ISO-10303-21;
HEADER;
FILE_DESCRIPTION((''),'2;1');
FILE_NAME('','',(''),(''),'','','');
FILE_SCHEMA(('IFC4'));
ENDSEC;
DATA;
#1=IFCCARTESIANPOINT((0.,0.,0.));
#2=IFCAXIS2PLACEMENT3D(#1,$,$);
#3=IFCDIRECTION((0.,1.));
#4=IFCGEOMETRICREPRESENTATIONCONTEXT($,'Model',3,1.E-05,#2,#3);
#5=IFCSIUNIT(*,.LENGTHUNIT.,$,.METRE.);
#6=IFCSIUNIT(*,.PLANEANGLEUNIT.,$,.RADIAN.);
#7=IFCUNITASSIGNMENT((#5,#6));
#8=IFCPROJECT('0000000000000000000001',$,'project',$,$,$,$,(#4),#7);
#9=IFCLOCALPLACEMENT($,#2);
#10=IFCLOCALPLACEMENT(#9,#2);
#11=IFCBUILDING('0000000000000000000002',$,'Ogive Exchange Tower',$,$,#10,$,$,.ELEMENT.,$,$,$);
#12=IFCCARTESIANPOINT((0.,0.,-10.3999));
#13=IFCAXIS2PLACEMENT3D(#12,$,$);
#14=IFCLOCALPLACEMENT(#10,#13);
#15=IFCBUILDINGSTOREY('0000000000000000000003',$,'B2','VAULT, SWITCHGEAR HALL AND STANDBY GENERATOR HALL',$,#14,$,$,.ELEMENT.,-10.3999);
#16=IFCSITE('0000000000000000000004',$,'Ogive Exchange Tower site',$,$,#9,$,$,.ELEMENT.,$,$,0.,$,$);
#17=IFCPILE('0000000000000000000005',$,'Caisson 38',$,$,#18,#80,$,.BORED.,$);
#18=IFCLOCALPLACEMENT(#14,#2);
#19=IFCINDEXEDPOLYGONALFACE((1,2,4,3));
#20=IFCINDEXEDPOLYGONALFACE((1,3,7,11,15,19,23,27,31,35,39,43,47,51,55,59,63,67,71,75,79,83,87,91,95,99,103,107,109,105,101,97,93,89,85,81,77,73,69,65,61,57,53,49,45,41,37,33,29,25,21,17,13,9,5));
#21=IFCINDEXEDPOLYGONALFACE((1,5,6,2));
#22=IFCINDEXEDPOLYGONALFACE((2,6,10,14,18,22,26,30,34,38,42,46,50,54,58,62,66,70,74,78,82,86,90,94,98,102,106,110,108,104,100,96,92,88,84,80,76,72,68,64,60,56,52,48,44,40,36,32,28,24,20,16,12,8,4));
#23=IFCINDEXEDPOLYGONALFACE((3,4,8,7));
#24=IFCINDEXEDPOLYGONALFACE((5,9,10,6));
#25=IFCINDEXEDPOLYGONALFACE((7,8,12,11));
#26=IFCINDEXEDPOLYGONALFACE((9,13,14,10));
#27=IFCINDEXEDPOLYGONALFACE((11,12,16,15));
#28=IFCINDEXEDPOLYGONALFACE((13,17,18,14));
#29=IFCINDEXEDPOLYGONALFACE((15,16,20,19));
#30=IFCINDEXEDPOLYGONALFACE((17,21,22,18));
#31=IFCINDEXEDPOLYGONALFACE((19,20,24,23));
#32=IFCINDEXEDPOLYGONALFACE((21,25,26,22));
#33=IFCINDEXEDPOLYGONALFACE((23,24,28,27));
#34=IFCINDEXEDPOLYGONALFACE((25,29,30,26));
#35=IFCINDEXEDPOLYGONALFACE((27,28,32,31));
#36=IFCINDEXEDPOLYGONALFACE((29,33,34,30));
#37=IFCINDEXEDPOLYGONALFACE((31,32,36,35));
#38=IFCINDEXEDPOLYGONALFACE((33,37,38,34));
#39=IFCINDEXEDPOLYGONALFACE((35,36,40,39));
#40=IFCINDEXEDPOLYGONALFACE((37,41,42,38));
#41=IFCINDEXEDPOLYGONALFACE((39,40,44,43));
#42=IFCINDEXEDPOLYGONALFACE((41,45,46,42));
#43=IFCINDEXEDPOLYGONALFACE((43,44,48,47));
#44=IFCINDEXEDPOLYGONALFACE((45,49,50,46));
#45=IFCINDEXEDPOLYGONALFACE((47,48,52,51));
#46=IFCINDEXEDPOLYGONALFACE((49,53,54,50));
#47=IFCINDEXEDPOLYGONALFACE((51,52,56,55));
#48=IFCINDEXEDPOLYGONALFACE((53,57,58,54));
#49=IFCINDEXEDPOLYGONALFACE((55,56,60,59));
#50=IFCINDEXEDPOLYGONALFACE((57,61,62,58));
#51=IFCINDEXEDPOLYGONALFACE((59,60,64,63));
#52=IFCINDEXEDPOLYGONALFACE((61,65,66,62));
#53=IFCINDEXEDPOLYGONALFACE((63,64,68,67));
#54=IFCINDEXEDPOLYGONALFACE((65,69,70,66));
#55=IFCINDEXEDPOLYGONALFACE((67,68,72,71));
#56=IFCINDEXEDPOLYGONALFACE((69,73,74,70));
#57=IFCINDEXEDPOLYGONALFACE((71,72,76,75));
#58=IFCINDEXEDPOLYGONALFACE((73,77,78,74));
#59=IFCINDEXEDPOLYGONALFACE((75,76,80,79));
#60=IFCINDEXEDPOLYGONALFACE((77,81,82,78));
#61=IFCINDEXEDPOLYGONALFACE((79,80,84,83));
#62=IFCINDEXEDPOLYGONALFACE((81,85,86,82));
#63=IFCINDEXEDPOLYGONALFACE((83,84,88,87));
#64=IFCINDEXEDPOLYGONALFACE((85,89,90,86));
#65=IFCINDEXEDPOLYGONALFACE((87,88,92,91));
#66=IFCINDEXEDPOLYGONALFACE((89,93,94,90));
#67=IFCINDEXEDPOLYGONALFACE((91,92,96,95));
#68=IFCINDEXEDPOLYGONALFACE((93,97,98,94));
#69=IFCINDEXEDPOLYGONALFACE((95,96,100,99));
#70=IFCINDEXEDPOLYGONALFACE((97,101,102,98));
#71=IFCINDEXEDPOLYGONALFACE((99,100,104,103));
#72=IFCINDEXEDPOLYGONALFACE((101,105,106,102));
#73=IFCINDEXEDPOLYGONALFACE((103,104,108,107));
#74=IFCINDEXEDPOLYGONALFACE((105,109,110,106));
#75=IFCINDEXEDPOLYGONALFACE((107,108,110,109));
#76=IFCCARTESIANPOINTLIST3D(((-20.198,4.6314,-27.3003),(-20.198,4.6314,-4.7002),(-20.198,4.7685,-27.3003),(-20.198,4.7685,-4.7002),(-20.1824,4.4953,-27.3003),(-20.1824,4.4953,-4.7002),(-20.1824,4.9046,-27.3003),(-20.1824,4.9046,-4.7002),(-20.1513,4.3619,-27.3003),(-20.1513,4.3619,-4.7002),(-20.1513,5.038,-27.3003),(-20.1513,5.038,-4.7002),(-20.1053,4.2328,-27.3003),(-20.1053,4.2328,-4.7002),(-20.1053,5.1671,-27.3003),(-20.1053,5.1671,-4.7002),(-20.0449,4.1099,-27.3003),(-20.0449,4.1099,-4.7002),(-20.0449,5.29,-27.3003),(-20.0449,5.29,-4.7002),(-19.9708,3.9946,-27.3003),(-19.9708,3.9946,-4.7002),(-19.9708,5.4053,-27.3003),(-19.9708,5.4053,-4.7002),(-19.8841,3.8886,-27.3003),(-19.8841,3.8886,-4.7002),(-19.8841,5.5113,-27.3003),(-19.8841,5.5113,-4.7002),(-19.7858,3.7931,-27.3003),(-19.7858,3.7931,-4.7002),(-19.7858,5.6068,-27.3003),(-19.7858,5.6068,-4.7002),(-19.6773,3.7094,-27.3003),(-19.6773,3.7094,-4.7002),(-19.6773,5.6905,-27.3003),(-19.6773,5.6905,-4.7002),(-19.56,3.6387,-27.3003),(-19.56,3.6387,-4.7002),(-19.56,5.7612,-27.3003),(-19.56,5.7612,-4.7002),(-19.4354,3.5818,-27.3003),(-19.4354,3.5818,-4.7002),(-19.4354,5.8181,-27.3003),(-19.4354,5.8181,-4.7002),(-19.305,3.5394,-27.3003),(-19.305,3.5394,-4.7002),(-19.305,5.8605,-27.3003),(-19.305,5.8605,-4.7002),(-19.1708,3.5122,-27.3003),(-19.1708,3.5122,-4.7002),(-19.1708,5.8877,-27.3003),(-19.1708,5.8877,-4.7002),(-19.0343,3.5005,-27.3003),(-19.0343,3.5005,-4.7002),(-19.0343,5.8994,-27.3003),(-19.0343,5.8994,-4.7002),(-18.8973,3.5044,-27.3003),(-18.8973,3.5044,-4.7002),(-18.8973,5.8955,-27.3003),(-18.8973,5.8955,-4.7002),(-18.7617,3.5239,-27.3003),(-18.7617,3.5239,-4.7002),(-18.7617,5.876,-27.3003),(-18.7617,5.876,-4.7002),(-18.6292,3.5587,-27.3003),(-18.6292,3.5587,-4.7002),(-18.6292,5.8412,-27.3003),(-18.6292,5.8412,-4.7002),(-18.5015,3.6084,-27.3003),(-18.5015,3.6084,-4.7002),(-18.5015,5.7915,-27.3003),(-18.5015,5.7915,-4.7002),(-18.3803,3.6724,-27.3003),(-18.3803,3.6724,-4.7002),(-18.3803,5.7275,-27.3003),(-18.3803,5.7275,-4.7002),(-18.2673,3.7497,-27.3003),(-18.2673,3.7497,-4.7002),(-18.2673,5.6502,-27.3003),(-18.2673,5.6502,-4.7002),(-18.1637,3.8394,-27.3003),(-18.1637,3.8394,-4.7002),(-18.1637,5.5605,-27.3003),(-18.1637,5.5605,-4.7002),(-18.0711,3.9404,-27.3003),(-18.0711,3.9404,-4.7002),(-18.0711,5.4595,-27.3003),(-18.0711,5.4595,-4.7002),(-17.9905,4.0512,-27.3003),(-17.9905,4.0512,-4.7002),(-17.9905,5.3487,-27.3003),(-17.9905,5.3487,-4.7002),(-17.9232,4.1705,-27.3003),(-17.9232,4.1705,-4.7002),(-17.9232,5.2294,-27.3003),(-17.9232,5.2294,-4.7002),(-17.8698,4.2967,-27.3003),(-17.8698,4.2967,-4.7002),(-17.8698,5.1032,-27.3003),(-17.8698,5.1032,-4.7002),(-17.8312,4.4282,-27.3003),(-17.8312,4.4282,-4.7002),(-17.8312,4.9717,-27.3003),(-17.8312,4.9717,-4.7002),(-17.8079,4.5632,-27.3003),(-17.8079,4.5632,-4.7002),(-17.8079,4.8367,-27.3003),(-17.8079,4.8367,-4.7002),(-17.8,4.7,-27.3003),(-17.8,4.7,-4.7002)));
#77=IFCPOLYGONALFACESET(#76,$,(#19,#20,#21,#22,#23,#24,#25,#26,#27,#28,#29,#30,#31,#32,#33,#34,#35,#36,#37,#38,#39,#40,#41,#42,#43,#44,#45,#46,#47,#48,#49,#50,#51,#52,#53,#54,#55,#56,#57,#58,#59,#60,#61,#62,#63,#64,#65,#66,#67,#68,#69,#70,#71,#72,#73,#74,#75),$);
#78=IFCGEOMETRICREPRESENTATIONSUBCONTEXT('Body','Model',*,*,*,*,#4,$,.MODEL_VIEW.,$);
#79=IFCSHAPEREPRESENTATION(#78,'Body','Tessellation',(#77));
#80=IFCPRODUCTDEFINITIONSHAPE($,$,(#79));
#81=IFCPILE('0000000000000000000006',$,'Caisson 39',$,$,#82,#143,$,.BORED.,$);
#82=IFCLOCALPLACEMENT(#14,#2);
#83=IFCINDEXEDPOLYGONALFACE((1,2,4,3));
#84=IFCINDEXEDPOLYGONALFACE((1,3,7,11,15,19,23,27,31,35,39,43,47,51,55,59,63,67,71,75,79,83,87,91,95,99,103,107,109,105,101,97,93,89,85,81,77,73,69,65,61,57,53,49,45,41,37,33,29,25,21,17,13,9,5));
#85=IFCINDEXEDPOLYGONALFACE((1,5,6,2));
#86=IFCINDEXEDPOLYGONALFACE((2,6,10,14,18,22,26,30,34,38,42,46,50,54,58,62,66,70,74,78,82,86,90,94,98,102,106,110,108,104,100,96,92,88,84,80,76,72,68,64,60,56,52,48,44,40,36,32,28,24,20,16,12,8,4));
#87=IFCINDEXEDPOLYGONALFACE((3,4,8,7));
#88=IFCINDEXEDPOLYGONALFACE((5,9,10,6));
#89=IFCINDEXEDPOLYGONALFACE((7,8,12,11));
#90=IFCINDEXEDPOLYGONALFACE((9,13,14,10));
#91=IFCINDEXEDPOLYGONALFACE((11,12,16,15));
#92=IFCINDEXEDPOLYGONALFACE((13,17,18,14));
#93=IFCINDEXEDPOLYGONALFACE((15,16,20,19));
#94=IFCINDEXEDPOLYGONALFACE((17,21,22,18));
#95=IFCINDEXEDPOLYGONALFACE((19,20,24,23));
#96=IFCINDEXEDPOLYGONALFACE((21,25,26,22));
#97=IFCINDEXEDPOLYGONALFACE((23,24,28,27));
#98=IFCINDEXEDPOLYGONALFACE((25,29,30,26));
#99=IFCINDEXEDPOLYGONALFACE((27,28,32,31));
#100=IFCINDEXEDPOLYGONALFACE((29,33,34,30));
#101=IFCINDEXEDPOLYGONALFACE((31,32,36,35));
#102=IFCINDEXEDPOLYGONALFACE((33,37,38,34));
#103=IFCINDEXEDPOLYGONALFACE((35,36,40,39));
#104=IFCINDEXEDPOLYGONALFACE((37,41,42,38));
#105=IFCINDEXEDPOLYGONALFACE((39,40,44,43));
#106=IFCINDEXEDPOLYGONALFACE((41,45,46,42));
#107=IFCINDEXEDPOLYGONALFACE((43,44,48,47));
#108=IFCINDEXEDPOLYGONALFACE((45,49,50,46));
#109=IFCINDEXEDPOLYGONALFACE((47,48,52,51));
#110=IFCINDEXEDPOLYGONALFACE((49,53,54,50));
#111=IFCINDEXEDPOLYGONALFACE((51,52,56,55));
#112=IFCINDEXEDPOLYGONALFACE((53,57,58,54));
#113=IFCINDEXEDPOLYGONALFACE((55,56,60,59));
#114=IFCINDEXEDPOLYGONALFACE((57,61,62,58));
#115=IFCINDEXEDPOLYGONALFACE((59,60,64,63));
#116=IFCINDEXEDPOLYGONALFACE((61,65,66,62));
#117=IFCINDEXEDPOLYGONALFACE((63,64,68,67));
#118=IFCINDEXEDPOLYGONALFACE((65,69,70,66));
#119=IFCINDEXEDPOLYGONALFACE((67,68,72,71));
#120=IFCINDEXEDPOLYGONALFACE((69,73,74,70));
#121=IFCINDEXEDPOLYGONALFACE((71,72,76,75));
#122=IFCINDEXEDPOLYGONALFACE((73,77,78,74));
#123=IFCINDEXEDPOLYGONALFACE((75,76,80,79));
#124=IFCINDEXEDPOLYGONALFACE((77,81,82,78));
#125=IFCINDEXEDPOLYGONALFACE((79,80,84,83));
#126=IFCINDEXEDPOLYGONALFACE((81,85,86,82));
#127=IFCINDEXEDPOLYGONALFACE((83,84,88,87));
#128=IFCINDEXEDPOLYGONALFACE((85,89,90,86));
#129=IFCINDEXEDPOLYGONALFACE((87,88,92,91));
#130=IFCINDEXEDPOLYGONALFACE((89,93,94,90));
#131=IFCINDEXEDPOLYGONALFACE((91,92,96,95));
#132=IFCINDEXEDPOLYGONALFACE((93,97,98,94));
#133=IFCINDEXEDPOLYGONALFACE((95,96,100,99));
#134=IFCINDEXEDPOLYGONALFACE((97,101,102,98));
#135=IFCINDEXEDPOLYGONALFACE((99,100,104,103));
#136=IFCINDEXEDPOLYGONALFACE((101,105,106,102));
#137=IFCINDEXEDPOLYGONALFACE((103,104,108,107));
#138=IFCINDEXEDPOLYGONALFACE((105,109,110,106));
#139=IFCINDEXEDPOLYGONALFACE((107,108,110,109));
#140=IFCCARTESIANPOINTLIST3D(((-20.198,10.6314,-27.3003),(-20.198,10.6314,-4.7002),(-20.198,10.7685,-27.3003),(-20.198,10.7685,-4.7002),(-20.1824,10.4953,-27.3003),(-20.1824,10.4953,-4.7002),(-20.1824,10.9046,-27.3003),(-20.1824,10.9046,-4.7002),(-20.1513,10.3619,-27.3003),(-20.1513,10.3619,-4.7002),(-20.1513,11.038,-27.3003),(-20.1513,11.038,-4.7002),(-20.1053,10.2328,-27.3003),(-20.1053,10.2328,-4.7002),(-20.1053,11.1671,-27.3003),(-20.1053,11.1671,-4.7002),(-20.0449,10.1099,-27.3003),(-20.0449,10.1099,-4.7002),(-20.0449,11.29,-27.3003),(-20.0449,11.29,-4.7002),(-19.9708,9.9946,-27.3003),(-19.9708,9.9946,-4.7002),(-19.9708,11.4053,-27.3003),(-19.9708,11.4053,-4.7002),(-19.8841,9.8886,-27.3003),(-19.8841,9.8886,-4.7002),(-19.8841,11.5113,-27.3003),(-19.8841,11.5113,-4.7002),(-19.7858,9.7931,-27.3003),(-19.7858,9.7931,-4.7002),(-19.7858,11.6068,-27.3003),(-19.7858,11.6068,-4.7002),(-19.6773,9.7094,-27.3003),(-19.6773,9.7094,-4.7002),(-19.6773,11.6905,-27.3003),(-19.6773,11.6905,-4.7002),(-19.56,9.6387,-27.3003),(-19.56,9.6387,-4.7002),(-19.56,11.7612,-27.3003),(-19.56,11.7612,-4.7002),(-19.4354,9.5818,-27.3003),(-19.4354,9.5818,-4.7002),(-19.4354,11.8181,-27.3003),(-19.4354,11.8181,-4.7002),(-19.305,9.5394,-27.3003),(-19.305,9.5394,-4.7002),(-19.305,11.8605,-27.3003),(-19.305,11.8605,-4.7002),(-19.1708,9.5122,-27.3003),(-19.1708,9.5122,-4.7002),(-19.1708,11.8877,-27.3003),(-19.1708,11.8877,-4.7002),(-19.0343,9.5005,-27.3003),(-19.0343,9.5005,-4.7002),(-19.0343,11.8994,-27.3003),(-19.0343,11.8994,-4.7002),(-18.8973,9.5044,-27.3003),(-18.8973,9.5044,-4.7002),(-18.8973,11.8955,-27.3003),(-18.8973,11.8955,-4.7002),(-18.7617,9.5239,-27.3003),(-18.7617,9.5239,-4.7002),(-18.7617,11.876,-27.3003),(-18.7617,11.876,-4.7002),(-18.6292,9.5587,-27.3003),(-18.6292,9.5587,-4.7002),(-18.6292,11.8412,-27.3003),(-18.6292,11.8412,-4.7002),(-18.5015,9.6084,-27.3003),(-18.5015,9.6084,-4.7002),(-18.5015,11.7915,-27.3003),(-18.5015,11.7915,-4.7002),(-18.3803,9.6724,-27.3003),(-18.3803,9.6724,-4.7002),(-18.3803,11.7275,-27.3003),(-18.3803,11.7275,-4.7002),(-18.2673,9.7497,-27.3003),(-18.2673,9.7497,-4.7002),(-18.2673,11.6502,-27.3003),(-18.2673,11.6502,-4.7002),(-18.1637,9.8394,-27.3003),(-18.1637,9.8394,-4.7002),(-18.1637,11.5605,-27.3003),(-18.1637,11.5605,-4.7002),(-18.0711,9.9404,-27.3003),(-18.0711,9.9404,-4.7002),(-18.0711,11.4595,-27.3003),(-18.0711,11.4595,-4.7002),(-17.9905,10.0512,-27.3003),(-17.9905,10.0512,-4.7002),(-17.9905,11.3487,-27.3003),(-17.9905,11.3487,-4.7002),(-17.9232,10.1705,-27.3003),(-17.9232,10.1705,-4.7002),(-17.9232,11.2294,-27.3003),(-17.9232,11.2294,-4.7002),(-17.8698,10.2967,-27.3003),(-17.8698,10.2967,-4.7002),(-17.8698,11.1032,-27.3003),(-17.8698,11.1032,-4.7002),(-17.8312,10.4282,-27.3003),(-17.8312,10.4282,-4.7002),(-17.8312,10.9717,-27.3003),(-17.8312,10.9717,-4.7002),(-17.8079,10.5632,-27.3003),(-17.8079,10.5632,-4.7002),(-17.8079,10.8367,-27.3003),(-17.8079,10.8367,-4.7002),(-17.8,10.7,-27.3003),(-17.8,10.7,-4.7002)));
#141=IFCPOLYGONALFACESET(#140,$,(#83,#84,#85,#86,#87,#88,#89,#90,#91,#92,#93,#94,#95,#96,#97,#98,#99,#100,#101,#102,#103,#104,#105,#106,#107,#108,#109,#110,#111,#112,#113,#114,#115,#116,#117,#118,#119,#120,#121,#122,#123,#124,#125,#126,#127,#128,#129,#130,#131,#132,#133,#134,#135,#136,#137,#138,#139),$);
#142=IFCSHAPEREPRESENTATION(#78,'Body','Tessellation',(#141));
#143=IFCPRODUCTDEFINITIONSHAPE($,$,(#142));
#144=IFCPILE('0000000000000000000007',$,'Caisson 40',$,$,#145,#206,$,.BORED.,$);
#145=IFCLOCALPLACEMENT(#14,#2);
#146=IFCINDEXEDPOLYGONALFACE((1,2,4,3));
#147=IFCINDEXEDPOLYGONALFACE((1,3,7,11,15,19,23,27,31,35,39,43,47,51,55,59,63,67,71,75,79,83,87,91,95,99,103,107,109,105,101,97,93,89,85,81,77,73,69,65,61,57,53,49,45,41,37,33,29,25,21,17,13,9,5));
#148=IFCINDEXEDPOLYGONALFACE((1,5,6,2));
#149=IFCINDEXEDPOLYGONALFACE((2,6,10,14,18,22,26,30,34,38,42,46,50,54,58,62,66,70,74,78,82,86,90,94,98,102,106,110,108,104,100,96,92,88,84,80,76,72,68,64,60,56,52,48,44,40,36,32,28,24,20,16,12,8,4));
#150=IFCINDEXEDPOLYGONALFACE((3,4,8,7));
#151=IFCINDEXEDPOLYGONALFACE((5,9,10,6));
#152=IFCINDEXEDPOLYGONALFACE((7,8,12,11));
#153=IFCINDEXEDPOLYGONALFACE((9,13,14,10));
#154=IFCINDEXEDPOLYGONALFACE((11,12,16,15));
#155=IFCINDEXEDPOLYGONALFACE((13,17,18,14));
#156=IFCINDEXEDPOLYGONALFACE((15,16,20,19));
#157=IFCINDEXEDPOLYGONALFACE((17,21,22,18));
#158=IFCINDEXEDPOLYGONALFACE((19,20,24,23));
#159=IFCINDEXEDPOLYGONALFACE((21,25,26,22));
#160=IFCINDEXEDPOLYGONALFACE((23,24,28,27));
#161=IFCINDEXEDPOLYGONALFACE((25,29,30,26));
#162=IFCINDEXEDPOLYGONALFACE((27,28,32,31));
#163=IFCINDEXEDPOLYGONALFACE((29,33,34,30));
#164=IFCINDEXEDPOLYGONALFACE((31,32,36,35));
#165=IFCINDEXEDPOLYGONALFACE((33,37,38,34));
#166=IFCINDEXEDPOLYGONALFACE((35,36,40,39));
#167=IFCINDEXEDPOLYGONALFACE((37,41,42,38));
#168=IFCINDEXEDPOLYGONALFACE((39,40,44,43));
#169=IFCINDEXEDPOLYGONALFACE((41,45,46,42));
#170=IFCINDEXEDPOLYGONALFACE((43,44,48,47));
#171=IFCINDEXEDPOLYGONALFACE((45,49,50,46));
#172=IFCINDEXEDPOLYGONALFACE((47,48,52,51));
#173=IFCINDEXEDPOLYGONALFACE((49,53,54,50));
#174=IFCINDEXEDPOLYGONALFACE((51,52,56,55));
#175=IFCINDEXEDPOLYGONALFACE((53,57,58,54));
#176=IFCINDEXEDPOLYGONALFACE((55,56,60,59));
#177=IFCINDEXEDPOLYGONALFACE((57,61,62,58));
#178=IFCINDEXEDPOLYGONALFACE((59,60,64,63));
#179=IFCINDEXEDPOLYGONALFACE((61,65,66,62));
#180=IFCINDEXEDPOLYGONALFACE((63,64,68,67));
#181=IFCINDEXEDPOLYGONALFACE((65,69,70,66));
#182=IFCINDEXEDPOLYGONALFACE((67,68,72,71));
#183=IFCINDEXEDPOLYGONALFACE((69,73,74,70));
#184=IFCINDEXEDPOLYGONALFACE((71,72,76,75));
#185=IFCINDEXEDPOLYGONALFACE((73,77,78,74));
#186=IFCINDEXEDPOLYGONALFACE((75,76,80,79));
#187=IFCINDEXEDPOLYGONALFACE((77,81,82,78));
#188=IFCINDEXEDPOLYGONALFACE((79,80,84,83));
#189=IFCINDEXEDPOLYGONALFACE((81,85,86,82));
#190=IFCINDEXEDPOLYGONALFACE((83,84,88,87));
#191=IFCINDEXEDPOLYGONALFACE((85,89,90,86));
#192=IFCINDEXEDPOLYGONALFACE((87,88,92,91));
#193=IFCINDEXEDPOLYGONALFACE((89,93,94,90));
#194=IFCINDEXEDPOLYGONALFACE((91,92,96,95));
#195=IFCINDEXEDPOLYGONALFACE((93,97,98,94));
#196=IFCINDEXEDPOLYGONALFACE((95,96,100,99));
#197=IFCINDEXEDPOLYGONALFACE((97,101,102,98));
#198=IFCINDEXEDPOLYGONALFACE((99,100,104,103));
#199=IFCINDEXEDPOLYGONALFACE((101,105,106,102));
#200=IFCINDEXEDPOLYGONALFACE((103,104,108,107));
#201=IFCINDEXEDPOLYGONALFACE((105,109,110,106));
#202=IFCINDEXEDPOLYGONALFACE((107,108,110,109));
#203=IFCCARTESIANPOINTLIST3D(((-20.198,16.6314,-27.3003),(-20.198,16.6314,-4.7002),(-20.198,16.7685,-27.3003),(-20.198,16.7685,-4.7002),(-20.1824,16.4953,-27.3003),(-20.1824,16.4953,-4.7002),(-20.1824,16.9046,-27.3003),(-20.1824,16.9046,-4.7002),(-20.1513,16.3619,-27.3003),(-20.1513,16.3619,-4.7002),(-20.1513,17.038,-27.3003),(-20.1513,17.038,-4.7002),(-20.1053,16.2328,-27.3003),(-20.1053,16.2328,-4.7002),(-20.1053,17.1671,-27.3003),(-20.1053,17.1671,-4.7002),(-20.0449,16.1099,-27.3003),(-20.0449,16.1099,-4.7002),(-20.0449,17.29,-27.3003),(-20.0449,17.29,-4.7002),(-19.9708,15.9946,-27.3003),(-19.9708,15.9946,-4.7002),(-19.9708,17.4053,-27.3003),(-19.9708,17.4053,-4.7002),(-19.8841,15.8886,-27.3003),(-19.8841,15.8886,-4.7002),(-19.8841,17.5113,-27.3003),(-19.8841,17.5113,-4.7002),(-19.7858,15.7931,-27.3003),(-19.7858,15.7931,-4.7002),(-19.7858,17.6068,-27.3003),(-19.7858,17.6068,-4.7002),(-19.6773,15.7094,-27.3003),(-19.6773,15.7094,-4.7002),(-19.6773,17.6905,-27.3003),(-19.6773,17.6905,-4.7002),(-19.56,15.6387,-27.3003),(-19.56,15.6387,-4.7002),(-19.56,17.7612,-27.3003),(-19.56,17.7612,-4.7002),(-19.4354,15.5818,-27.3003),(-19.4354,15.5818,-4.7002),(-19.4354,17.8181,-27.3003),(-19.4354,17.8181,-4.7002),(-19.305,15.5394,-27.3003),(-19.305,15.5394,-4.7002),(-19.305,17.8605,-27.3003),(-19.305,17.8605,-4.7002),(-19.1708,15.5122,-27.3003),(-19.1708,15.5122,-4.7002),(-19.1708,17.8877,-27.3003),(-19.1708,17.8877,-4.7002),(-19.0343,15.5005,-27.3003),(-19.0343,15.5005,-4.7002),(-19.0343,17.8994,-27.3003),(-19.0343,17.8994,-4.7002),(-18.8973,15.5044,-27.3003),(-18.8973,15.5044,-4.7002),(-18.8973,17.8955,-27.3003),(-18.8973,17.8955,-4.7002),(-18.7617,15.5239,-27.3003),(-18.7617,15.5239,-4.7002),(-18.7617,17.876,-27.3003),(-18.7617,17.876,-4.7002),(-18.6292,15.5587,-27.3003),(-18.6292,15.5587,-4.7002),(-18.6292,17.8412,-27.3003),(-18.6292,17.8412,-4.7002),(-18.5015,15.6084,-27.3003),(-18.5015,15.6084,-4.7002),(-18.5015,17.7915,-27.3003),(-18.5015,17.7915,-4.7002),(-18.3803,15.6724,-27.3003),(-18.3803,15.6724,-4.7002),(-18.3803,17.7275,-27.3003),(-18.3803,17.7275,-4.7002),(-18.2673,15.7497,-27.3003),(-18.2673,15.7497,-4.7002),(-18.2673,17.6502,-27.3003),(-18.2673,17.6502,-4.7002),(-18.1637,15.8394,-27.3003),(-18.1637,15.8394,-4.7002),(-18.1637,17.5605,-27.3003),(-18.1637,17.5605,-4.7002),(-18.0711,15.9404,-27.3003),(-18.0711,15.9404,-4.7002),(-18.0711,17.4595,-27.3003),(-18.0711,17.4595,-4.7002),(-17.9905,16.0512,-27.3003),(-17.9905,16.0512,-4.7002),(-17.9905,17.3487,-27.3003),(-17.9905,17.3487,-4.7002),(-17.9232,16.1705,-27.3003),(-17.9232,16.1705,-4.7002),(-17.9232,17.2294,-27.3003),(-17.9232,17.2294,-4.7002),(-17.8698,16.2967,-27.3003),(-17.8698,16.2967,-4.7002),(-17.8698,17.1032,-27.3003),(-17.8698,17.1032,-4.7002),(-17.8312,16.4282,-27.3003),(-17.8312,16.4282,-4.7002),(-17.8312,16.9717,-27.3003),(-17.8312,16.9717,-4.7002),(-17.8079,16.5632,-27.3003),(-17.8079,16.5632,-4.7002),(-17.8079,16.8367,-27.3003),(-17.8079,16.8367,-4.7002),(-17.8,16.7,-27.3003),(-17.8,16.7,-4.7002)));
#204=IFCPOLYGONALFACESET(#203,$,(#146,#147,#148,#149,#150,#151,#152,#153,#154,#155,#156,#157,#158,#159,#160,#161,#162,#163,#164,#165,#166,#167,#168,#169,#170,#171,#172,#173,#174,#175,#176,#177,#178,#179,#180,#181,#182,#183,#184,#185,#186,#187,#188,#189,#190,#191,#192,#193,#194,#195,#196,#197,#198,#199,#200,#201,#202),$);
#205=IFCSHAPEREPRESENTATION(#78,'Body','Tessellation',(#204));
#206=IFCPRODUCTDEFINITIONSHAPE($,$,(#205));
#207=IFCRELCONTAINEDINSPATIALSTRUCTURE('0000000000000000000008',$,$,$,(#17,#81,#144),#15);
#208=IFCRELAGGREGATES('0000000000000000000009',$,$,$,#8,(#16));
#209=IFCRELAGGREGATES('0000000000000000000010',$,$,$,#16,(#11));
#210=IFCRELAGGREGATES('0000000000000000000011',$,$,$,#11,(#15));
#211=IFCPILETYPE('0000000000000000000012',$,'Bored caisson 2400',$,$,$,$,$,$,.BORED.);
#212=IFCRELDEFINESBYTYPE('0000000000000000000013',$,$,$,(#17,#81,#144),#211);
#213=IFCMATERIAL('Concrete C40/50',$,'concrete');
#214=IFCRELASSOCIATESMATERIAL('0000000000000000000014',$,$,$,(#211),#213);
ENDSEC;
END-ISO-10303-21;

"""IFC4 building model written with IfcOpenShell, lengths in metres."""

from ifc_helpers import new_model, si_unit, direction, frame, origin, origin_2d, place, context, subcontext, project, spatial, circle, extrude, material, material_profile, profile_set, type_object, element, save


model = new_model("IFC4")

# Units and contexts
model_context = context("Model", 3, precision=1e-05, world=origin(), true_north=direction((0.0, 1.0)))
body_context = subcontext(model_context, "Body", "Model", "MODEL_VIEW")
ifc_project = project(units=[si_unit("LENGTHUNIT", "METRE"), si_unit("PLANEANGLEUNIT", "RADIAN")], contexts=[model_context])

# Site, building, storey
site_placement = place(None, origin())
site = spatial("IfcSite", under=ifc_project, at=site_placement, Name="Ogive Exchange Tower site", CompositionType="ELEMENT", RefElevation=0.0)
building_placement = place(site_placement, origin())
building = spatial("IfcBuilding", under=site, at=building_placement, Name="Ogive Exchange Tower", CompositionType="ELEMENT")
storey_placement = place(building_placement, frame((0.0, 0.0, -10.3999)))
storey = spatial("IfcBuildingStorey", under=building, at=storey_placement, Name="B2", Description="VAULT, SWITCHGEAR HALL AND STANDBY GENERATOR HALL", CompositionType="ELEMENT", Elevation=-10.3999)

# Piles
ifc_material_1 = material(Name="Concrete C40/50", Category="concrete")
ifc_material_profile_1 = material_profile(ifc_material_1, circle(Radius=1.2, at=origin_2d()), Name="RC caisson 2400")
ifc_profile_set_1 = profile_set([ifc_material_profile_1], Name="Concrete C40/50")
pile_type = type_object("IfcPileType", Name="Bored caisson 2400", PredefinedType="BORED", material=ifc_profile_set_1)
for number, where, z_axis, x_axis, name in (
    (1, (-19.0, 4.7, -4.7002), (0.0, 0.0, -1.0), (1.0, 0.0, 0.0), "Caisson 38"),
    (2, (-19.0, 10.7, -4.7002), (0.0, 0.0, -1.0), (1.0, 0.0, 0.0), "Caisson 39"),
    (3, (-19.0, 16.7, -4.7002), (0.0, 0.0, -1.0), (1.0, 0.0, 0.0), "Caisson 40"),
):
    element("IfcPile", number, at=place(storey_placement, frame(where, z_axis=z_axis, x_axis=x_axis)), inside=storey, type_object=pile_type, Name=name, PredefinedType="BORED", context=body_context, shape_type="SweptSolid", body=[
        extrude(circle(Radius=1.2, at=origin_2d()), origin(), (0.0, 0.0, 1.0), 22.6001),
    ])

save(model, "model.ifc")
